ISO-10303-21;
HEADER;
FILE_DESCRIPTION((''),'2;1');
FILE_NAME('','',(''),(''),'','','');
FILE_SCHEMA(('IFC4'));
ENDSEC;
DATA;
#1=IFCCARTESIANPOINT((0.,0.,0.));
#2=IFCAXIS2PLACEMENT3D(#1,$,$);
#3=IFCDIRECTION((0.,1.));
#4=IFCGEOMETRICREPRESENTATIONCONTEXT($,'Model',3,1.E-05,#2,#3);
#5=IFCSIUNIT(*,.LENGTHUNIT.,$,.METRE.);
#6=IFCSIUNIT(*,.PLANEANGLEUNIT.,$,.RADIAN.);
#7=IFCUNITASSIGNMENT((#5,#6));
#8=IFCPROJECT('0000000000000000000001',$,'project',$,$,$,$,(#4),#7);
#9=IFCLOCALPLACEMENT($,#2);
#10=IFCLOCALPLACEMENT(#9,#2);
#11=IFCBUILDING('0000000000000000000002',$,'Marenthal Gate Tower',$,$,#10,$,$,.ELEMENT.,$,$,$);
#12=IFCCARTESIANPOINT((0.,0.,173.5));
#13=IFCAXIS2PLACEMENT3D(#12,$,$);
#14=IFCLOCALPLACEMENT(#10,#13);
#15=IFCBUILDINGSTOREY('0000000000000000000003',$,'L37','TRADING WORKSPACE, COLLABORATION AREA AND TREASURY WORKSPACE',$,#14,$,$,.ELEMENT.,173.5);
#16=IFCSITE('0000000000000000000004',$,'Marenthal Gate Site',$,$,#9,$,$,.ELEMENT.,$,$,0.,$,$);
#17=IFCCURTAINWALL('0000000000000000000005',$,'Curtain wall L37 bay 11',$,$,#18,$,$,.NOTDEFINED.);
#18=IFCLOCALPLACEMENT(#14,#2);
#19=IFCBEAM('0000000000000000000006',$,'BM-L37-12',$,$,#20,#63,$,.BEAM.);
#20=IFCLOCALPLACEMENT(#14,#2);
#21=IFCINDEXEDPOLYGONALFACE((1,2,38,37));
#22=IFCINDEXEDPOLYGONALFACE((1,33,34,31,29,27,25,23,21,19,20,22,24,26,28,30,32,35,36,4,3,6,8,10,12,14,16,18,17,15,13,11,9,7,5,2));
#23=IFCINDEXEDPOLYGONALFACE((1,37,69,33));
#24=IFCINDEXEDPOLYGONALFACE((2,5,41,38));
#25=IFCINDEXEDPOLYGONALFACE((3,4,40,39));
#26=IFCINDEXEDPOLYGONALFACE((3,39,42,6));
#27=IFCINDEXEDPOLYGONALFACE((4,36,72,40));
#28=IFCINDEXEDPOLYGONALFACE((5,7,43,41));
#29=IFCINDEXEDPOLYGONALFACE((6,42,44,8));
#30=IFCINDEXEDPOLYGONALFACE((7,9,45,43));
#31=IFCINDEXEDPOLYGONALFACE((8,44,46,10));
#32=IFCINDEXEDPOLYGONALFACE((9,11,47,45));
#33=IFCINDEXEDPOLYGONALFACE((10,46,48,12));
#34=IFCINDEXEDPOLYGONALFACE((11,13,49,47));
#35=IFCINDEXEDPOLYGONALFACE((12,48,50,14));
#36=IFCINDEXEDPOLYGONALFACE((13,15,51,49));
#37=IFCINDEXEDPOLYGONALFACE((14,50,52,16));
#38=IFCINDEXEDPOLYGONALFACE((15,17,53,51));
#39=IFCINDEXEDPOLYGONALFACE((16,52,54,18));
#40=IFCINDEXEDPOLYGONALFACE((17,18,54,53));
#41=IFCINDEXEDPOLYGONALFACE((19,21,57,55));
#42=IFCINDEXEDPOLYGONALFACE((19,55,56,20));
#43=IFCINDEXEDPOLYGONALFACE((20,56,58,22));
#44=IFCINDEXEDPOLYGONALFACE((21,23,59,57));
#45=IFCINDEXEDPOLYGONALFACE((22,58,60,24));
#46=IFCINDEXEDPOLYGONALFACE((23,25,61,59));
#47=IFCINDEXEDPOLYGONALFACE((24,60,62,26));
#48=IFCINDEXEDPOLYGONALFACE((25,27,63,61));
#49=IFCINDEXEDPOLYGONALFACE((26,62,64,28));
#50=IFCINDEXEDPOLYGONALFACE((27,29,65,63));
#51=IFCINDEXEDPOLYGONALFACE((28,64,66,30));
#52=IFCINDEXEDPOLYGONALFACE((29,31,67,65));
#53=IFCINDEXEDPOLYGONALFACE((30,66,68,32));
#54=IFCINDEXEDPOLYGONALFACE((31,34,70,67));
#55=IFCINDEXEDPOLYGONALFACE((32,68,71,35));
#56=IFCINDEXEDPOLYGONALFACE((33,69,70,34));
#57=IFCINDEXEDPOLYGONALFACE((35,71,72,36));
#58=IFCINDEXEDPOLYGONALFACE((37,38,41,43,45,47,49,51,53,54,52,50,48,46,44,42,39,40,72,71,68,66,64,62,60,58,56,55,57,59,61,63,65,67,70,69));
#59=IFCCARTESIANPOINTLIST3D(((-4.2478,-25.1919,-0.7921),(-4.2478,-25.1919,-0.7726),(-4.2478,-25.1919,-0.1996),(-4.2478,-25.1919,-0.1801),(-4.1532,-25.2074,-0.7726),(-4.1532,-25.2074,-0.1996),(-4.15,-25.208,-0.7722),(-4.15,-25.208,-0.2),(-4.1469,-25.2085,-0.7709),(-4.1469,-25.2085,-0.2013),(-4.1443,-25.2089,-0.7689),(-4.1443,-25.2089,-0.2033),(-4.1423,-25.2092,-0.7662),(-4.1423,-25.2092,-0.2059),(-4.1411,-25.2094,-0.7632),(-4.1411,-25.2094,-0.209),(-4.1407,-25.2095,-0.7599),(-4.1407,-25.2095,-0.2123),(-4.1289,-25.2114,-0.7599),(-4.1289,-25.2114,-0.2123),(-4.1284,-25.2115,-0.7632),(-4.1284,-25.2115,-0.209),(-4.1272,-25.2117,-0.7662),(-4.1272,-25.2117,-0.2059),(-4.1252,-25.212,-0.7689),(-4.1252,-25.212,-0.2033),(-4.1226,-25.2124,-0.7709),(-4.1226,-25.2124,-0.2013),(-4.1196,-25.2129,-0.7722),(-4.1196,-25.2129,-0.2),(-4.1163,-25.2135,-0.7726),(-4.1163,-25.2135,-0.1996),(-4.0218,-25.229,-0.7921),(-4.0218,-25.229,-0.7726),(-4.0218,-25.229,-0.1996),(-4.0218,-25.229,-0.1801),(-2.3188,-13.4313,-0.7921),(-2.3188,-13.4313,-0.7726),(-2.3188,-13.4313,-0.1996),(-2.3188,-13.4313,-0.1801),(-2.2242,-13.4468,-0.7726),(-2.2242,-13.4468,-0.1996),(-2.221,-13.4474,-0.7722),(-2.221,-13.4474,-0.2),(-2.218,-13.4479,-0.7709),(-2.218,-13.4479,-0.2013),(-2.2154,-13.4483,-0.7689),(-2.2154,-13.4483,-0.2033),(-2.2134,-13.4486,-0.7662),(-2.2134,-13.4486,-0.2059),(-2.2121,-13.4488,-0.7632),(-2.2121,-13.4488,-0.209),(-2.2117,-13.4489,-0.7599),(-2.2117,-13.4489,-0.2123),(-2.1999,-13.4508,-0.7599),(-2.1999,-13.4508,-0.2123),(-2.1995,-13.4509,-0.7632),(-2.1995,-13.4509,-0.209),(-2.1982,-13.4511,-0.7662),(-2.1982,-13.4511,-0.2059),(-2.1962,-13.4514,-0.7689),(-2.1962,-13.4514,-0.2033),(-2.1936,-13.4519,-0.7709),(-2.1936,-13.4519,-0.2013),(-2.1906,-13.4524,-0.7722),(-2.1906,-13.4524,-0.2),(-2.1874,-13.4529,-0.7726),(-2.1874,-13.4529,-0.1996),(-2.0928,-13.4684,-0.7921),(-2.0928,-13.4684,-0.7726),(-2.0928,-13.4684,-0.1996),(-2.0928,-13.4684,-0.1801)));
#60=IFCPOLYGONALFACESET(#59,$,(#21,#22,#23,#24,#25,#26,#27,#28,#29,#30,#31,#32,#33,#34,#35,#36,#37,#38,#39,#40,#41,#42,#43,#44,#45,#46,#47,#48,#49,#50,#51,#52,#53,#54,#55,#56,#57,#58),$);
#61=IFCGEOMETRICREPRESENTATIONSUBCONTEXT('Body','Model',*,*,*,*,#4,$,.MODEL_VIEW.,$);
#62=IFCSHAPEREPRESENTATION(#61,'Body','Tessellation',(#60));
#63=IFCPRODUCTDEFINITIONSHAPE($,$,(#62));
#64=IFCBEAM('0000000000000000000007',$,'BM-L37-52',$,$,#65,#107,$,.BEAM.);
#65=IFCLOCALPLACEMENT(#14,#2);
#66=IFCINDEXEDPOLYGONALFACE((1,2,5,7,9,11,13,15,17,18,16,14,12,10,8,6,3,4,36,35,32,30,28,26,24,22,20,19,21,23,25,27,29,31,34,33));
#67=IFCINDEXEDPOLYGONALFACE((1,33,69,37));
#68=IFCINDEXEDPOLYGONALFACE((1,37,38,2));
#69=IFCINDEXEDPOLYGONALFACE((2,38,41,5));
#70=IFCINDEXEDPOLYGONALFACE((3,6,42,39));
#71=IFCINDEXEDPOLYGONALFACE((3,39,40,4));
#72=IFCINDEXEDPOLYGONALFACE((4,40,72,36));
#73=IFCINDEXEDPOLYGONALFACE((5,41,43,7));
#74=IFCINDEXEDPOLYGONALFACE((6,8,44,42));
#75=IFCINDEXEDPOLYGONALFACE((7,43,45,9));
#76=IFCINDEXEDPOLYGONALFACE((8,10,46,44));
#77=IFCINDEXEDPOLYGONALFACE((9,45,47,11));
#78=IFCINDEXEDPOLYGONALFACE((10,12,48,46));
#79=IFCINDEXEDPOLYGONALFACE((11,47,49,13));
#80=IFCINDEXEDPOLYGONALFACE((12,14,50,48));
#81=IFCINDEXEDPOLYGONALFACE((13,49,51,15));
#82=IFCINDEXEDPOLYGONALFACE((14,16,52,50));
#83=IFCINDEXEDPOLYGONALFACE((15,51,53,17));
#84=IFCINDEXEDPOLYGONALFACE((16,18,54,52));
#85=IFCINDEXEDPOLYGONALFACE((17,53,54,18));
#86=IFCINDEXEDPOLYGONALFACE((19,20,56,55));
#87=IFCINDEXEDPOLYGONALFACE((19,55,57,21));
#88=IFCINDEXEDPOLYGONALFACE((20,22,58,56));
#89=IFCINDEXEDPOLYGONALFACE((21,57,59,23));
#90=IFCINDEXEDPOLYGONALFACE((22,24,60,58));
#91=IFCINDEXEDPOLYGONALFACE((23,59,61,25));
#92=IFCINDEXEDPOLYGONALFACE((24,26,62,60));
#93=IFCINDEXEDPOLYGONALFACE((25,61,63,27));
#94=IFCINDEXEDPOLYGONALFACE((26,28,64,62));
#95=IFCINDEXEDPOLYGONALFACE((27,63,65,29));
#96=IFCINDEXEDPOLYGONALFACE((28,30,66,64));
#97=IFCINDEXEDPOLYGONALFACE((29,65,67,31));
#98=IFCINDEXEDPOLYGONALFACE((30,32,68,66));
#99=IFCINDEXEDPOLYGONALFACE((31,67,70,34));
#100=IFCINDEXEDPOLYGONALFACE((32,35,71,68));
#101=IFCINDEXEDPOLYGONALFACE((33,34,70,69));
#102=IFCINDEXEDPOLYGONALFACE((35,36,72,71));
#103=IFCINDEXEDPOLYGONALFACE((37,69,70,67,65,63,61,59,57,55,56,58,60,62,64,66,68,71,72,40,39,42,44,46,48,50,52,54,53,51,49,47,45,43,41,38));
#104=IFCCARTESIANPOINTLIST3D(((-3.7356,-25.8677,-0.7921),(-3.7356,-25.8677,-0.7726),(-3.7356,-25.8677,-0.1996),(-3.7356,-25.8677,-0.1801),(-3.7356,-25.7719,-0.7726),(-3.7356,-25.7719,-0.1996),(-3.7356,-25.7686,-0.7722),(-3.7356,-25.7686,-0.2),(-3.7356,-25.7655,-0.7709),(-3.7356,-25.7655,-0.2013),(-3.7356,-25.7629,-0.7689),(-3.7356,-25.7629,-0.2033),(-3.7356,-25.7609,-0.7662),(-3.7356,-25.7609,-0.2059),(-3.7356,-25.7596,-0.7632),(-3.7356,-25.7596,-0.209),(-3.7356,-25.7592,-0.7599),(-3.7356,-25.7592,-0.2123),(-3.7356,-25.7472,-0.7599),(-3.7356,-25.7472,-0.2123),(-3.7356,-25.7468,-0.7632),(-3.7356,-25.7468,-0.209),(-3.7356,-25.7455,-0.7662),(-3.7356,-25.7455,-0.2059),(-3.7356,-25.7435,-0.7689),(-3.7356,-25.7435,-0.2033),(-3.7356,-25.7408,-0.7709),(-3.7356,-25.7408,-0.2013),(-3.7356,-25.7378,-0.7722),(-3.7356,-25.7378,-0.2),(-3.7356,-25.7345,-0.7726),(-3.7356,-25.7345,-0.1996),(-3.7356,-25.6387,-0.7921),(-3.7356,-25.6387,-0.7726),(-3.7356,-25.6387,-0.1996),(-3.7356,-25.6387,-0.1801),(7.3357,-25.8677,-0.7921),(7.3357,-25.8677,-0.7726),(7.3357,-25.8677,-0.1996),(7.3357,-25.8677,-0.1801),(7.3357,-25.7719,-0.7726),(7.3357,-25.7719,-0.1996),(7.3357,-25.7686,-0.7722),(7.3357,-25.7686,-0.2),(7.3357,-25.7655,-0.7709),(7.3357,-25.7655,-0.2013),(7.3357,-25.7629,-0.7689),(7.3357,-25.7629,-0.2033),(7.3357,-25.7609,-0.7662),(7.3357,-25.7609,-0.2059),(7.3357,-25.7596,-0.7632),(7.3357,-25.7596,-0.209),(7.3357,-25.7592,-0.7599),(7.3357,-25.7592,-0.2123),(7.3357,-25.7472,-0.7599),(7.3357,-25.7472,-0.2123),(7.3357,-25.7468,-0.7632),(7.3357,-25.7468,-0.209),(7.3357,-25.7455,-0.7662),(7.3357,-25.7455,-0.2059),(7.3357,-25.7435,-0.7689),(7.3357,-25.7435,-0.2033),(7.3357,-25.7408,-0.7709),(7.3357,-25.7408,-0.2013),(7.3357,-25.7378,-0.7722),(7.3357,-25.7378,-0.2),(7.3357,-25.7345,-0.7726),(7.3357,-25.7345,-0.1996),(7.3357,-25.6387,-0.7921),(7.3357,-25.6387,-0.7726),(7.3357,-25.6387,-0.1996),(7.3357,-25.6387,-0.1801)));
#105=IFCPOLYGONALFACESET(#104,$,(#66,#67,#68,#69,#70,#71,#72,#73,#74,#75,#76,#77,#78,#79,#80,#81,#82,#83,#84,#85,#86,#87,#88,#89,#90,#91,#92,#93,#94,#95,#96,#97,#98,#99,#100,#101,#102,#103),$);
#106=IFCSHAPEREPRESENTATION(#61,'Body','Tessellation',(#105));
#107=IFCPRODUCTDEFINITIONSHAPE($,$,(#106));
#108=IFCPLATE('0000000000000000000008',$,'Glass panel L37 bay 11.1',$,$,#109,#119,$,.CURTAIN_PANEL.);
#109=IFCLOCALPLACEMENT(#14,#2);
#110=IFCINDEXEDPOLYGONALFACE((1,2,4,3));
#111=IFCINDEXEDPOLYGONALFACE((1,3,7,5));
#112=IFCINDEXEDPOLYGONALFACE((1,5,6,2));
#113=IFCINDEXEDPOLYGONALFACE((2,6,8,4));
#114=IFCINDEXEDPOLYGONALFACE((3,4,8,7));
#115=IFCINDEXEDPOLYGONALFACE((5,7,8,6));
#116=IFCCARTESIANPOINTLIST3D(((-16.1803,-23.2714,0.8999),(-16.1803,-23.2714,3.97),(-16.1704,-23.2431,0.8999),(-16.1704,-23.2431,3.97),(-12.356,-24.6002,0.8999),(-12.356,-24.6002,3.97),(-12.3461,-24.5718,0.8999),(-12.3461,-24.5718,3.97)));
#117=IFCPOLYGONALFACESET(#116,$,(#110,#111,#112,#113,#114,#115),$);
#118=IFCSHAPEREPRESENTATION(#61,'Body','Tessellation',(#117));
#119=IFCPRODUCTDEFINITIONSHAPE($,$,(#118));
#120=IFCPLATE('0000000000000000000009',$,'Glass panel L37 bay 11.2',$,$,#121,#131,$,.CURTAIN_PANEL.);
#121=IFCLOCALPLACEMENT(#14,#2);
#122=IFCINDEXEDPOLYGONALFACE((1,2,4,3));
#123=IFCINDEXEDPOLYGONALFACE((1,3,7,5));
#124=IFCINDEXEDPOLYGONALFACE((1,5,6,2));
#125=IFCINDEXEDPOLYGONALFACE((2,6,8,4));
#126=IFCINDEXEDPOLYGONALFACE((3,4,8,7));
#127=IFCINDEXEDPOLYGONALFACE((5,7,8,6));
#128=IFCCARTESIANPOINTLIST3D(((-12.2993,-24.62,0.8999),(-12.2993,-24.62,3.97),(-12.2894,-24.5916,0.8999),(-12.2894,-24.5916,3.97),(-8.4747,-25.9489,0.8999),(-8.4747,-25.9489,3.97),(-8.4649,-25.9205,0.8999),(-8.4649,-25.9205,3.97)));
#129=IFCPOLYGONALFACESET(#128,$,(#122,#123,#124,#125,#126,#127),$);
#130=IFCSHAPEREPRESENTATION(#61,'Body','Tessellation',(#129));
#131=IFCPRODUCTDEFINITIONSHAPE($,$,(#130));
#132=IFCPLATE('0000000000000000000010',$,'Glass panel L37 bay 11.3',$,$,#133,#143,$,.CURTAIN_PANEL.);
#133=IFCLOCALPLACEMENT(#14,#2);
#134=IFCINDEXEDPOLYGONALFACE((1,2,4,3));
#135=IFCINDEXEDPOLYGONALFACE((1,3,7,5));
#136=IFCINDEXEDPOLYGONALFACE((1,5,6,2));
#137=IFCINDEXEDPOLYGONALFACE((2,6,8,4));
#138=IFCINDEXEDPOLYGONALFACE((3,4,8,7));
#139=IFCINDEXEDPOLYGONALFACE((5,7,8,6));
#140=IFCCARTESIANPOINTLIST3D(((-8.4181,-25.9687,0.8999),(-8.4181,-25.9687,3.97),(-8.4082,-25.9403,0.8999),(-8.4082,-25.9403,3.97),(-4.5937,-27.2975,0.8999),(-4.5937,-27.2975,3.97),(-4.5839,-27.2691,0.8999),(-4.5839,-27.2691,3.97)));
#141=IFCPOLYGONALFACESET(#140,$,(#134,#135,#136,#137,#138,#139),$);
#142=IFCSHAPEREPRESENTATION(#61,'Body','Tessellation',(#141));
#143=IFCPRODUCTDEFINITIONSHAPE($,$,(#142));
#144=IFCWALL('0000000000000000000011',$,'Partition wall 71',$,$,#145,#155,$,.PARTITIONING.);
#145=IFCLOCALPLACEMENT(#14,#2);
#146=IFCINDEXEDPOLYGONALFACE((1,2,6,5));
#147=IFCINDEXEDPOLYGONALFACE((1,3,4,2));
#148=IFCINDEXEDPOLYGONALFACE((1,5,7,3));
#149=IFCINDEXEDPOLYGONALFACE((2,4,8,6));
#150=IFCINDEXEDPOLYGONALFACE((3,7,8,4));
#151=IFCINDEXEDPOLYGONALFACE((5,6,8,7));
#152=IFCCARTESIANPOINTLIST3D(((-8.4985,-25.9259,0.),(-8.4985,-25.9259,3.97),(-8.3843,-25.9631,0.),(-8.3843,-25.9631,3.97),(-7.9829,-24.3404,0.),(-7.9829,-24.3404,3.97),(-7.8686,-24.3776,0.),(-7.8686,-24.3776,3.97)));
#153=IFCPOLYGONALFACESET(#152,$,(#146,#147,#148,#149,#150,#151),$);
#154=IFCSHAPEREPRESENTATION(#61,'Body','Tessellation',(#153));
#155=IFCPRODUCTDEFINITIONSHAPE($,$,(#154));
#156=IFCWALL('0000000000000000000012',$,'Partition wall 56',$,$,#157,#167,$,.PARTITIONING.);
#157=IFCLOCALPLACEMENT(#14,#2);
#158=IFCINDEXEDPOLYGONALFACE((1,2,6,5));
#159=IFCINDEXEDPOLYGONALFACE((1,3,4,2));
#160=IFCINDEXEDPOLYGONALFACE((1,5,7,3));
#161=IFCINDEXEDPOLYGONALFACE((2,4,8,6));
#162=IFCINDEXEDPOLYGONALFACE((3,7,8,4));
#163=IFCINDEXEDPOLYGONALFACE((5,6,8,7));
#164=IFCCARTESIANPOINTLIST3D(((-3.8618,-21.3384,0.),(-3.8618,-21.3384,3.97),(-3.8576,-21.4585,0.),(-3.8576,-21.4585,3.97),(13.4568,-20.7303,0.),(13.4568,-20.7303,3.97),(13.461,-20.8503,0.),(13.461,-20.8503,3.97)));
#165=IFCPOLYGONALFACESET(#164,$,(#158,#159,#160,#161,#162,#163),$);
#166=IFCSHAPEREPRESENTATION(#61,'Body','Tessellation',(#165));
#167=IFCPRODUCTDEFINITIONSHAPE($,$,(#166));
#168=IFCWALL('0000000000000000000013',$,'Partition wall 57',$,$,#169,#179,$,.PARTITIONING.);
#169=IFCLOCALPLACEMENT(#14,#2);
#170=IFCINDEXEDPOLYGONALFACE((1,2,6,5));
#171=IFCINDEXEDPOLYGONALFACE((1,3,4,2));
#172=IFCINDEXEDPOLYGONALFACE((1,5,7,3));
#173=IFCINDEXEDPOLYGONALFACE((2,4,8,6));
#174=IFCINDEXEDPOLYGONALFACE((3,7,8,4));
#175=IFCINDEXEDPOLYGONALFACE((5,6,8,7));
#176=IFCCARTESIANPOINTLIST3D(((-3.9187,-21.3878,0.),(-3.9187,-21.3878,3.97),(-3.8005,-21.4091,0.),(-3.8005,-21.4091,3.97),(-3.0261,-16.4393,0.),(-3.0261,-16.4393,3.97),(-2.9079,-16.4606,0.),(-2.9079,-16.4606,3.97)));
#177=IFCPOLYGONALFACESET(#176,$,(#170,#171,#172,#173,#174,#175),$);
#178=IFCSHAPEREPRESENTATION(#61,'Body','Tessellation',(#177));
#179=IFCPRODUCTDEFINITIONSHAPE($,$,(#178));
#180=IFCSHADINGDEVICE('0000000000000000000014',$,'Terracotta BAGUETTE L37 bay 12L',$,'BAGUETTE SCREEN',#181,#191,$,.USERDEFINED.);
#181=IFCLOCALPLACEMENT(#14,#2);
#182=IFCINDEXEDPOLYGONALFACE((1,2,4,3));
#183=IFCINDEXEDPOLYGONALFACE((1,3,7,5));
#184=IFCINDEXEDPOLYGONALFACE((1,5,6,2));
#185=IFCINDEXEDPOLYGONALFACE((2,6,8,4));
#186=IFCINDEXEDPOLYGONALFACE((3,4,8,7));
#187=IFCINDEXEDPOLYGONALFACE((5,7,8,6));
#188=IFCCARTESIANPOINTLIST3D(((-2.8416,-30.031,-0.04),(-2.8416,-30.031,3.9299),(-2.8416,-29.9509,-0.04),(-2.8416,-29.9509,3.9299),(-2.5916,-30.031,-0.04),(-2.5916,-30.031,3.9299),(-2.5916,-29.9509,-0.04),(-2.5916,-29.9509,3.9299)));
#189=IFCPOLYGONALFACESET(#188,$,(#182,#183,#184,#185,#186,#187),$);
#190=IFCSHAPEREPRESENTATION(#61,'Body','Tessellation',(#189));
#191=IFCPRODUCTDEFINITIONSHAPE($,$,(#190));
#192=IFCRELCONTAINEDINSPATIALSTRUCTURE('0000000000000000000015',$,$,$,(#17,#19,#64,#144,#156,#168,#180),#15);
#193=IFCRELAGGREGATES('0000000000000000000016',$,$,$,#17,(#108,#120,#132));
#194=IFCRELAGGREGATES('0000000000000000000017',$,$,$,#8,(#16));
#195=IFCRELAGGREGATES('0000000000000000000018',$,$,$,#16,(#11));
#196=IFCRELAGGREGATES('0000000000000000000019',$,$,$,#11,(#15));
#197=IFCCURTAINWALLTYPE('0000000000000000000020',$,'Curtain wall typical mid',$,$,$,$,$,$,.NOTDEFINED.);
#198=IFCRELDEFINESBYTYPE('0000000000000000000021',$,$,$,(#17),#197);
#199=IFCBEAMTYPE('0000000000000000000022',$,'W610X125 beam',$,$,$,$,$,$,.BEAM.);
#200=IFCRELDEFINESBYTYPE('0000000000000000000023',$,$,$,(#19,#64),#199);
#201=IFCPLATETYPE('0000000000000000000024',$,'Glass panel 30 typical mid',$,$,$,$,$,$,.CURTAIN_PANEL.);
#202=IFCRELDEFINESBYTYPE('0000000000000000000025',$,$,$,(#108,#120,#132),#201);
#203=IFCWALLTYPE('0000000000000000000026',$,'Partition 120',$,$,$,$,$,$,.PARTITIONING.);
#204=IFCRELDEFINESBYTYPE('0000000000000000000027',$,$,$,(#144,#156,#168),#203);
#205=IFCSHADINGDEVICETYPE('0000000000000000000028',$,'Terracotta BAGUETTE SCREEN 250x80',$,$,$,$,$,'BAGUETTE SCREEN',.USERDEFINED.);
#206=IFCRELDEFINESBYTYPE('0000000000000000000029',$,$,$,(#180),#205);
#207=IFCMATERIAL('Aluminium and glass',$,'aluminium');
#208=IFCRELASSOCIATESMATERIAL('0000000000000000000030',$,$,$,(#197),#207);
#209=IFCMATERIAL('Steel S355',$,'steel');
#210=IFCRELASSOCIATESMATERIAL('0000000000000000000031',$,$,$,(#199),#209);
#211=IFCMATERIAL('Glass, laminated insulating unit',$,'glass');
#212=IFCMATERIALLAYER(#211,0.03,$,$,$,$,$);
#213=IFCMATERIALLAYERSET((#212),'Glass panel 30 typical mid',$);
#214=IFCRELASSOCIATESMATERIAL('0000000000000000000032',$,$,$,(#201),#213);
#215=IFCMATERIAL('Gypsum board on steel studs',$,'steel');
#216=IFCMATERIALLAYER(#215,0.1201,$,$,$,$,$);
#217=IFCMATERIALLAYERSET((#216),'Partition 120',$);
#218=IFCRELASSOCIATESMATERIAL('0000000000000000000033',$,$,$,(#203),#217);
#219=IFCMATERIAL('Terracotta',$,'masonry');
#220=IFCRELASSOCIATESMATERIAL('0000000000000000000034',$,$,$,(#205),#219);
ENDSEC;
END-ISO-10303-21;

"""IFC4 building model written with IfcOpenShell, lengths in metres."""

from ifc_helpers import new_model, si_unit, direction, frame, frame_2d, origin, origin_2d, place, context, subcontext, project, spatial, rectangle, i_section, extrude, material, layer, layer_set, material_profile, profile_set, type_object, element, aggregate, save


model = new_model("IFC4")

# Units and contexts
model_context = context("Model", 3, precision=1e-05, world=origin(), true_north=direction((0.0, 1.0)))
body_context = subcontext(model_context, "Body", "Model", "MODEL_VIEW")
ifc_project = project(units=[si_unit("LENGTHUNIT", "METRE"), si_unit("PLANEANGLEUNIT", "RADIAN")], contexts=[model_context])

# Site, building, storey
site_placement = place(None, origin())
site = spatial("IfcSite", under=ifc_project, at=site_placement, Name="Marenthal Gate Site", CompositionType="ELEMENT", RefElevation=0.0)
building_placement = place(site_placement, origin())
building = spatial("IfcBuilding", under=site, at=building_placement, Name="Marenthal Gate Tower", CompositionType="ELEMENT")
storey_placement = place(building_placement, frame((0.0, 0.0, 173.5)))
storey = spatial("IfcBuildingStorey", under=building, at=storey_placement, Name="L37", Description="TRADING WORKSPACE, COLLABORATION AREA AND TREASURY WORKSPACE", CompositionType="ELEMENT", Elevation=173.5)

# Curtain wall
ifc_material_1 = material(Name="Aluminium and glass", Category="aluminium")
curtain_wall_type = type_object("IfcCurtainWallType", Name="Curtain wall typical mid", PredefinedType="NOTDEFINED", material=ifc_material_1)
curtain_wall_placement = place(storey_placement, origin())
curtain_wall = element("IfcCurtainWall", 1, at=curtain_wall_placement, inside=storey, type_object=curtain_wall_type, Name="Curtain wall L37 bay 11", PredefinedType="NOTDEFINED")

# Beams
ifc_material_2 = material(Name="Steel S355", Category="steel")
ifc_material_profile_1 = material_profile(ifc_material_2, i_section(OverallWidth=0.229, OverallDepth=0.6121, WebThickness=0.012, FlangeThickness=0.0195, FilletRadius=0.0127, at=origin_2d()), Name="W610X125")
ifc_profile_set_1 = profile_set([ifc_material_profile_1], Name="Steel S355")
beam_type_1 = type_object("IfcBeamType", Name="W610X125 beam", PredefinedType="BEAM", material=ifc_profile_set_1)
beam_1_placement = place(storey_placement, frame((-4.1348, -25.2104, -0.4861), z_axis=(0.161857, 0.986814, 0.0), x_axis=(-0.986814, 0.161857, 0.0)))
element("IfcBeam", 2, at=beam_1_placement, inside=storey, type_object=beam_type_1, Name="BM-L37-12", PredefinedType="BEAM", context=body_context, shape_type="SweptSolid", body=[
    extrude(i_section(OverallWidth=0.229, OverallDepth=0.6121, WebThickness=0.012, FlangeThickness=0.0195, FilletRadius=0.0127, at=origin_2d()), origin(), (0.0, 0.0, 1.0), 11.9177),
])
beam_2_placement = place(storey_placement, frame((-3.7356, -25.7532, -0.4861), z_axis=(1.0, 0.0, 0.0), x_axis=(0.0, 1.0, 0.0)))
element("IfcBeam", 3, at=beam_2_placement, inside=storey, type_object=beam_type_1, Name="BM-L37-52", PredefinedType="BEAM", context=body_context, shape_type="SweptSolid", body=[
    extrude(i_section(OverallWidth=0.229, OverallDepth=0.6121, WebThickness=0.012, FlangeThickness=0.0195, FilletRadius=0.0127, at=origin_2d()), origin(), (0.0, 0.0, 1.0), 11.0713),
])

# Plates
ifc_material_3 = material(Name="Glass, laminated insulating unit", Category="glass")
ifc_layer_1 = layer(ifc_material_3, 0.03)
ifc_layer_set_1 = layer_set([ifc_layer_1], Name="Glass panel 30 typical mid")
plate_type = type_object("IfcPlateType", Name="Glass panel 30 typical mid", PredefinedType="CURTAIN_PANEL", material=ifc_layer_set_1)
plate_1_placement = place(storey_placement, frame((-14.2632, -23.9216, 0.8999), z_axis=(0.0, 0.0, 1.0), x_axis=(0.944604, -0.328211, 0.0)))
plate_1 = element("IfcPlate", 4, at=plate_1_placement, type_object=plate_type, Name="Glass panel L37 bay 11.1", PredefinedType="CURTAIN_PANEL", context=body_context, shape_type="SweptSolid", body=[
    extrude(rectangle(XDim=4.0486, YDim=0.03, at=origin_2d()), origin(), (0.0, 0.0, 1.0), 3.0701),
])
plate_2_placement = place(storey_placement, frame((-10.3821, -25.2703, 0.8999), z_axis=(0.0, 0.0, 1.0), x_axis=(0.944604, -0.328211, 0.0)))
plate_2 = element("IfcPlate", 5, at=plate_2_placement, type_object=plate_type, Name="Glass panel L37 bay 11.2", PredefinedType="CURTAIN_PANEL", context=body_context, shape_type="SweptSolid", body=[
    extrude(rectangle(XDim=4.0488, YDim=0.03, at=origin_2d()), origin(), (0.0, 0.0, 1.0), 3.0701),
])
plate_3_placement = place(storey_placement, frame((-6.501, -26.6189, 0.8999), z_axis=(0.0, 0.0, 1.0), x_axis=(0.944604, -0.328211, 0.0)))
plate_3 = element("IfcPlate", 6, at=plate_3_placement, type_object=plate_type, Name="Glass panel L37 bay 11.3", PredefinedType="CURTAIN_PANEL", context=body_context, shape_type="SweptSolid", body=[
    extrude(rectangle(XDim=4.0486, YDim=0.03, at=origin_2d()), origin(), (0.0, 0.0, 1.0), 3.0701),
])
aggregate(curtain_wall, [plate_1, plate_2, plate_3])

# Walls
ifc_material_4 = material(Name="Gypsum board on steel studs", Category="steel")
ifc_layer_2 = layer(ifc_material_4, 0.1201)
ifc_layer_set_2 = layer_set([ifc_layer_2], Name="Partition 120")
wall_type_1 = type_object("IfcWallType", Name="Partition 120", PredefinedType="PARTITIONING", material=ifc_layer_set_2)
wall_1_placement = place(storey_placement, frame((-7.9258, -24.3591, 0.0), z_axis=(0.0, 0.0, 1.0), x_axis=(-0.309278, -0.950972, 0.0)))
element("IfcWall", 7, at=wall_1_placement, inside=storey, type_object=wall_type_1, Name="Partition wall 71", PredefinedType="PARTITIONING", context=body_context, shape_type="SweptSolid", body=[
    extrude(rectangle(XDim=1.6672, YDim=0.1201, at=frame_2d((0.8335, 0.0))), origin(), (0.0, 0.0, 1.0), 3.97),
])
wall_2_placement = place(storey_placement, frame((-3.8596, -21.3984, 0.0), z_axis=(0.0, 0.0, 1.0), x_axis=(0.999384, 0.035094, 0.0)))
element("IfcWall", 8, at=wall_2_placement, inside=storey, type_object=wall_type_1, Name="Partition wall 56", PredefinedType="PARTITIONING", context=body_context, shape_type="SweptSolid", body=[
    extrude(rectangle(XDim=17.3293, YDim=0.1201, at=frame_2d((8.6646, 0.0))), origin(), (0.0, 0.0, 1.0), 3.97),
])
wall_3_placement = place(storey_placement, frame((-3.8596, -21.3984, 0.0), z_axis=(0.0, 0.0, 1.0), x_axis=(0.177509, 0.984119, 0.0)))
element("IfcWall", 9, at=wall_3_placement, inside=storey, type_object=wall_type_1, Name="Partition wall 57", PredefinedType="PARTITIONING", context=body_context, shape_type="SweptSolid", body=[
    extrude(rectangle(XDim=5.0283, YDim=0.1201, at=frame_2d((2.5142, 0.0))), origin(), (0.0, 0.0, 1.0), 3.97),
])

# Shading device
ifc_material_5 = material(Name="Terracotta", Category="masonry")
ifc_material_profile_2 = material_profile(ifc_material_5, rectangle(XDim=0.25, YDim=0.0801, at=origin_2d()), Name="Terracotta baguette 250x80")
ifc_profile_set_2 = profile_set([ifc_material_profile_2], Name="Terracotta")
shading_device_type = type_object("IfcShadingDeviceType", Name="Terracotta BAGUETTE SCREEN 250x80", ElementType="BAGUETTE SCREEN", PredefinedType="USERDEFINED", material=ifc_profile_set_2)
shading_device_placement = place(storey_placement, frame((-2.7166, -29.991, -0.04), z_axis=(0.0, 0.0, 1.0), x_axis=(1.0, 0.0, 0.0)))
element("IfcShadingDevice", 10, at=shading_device_placement, inside=storey, type_object=shading_device_type, Name="Terracotta BAGUETTE L37 bay 12L", ObjectType="BAGUETTE SCREEN", PredefinedType="USERDEFINED", context=body_context, shape_type="SweptSolid", body=[
    extrude(rectangle(XDim=0.25, YDim=0.0801, at=origin_2d()), origin(), (0.0, 0.0, 1.0), 3.97),
])

save(model, "model.ifc")
